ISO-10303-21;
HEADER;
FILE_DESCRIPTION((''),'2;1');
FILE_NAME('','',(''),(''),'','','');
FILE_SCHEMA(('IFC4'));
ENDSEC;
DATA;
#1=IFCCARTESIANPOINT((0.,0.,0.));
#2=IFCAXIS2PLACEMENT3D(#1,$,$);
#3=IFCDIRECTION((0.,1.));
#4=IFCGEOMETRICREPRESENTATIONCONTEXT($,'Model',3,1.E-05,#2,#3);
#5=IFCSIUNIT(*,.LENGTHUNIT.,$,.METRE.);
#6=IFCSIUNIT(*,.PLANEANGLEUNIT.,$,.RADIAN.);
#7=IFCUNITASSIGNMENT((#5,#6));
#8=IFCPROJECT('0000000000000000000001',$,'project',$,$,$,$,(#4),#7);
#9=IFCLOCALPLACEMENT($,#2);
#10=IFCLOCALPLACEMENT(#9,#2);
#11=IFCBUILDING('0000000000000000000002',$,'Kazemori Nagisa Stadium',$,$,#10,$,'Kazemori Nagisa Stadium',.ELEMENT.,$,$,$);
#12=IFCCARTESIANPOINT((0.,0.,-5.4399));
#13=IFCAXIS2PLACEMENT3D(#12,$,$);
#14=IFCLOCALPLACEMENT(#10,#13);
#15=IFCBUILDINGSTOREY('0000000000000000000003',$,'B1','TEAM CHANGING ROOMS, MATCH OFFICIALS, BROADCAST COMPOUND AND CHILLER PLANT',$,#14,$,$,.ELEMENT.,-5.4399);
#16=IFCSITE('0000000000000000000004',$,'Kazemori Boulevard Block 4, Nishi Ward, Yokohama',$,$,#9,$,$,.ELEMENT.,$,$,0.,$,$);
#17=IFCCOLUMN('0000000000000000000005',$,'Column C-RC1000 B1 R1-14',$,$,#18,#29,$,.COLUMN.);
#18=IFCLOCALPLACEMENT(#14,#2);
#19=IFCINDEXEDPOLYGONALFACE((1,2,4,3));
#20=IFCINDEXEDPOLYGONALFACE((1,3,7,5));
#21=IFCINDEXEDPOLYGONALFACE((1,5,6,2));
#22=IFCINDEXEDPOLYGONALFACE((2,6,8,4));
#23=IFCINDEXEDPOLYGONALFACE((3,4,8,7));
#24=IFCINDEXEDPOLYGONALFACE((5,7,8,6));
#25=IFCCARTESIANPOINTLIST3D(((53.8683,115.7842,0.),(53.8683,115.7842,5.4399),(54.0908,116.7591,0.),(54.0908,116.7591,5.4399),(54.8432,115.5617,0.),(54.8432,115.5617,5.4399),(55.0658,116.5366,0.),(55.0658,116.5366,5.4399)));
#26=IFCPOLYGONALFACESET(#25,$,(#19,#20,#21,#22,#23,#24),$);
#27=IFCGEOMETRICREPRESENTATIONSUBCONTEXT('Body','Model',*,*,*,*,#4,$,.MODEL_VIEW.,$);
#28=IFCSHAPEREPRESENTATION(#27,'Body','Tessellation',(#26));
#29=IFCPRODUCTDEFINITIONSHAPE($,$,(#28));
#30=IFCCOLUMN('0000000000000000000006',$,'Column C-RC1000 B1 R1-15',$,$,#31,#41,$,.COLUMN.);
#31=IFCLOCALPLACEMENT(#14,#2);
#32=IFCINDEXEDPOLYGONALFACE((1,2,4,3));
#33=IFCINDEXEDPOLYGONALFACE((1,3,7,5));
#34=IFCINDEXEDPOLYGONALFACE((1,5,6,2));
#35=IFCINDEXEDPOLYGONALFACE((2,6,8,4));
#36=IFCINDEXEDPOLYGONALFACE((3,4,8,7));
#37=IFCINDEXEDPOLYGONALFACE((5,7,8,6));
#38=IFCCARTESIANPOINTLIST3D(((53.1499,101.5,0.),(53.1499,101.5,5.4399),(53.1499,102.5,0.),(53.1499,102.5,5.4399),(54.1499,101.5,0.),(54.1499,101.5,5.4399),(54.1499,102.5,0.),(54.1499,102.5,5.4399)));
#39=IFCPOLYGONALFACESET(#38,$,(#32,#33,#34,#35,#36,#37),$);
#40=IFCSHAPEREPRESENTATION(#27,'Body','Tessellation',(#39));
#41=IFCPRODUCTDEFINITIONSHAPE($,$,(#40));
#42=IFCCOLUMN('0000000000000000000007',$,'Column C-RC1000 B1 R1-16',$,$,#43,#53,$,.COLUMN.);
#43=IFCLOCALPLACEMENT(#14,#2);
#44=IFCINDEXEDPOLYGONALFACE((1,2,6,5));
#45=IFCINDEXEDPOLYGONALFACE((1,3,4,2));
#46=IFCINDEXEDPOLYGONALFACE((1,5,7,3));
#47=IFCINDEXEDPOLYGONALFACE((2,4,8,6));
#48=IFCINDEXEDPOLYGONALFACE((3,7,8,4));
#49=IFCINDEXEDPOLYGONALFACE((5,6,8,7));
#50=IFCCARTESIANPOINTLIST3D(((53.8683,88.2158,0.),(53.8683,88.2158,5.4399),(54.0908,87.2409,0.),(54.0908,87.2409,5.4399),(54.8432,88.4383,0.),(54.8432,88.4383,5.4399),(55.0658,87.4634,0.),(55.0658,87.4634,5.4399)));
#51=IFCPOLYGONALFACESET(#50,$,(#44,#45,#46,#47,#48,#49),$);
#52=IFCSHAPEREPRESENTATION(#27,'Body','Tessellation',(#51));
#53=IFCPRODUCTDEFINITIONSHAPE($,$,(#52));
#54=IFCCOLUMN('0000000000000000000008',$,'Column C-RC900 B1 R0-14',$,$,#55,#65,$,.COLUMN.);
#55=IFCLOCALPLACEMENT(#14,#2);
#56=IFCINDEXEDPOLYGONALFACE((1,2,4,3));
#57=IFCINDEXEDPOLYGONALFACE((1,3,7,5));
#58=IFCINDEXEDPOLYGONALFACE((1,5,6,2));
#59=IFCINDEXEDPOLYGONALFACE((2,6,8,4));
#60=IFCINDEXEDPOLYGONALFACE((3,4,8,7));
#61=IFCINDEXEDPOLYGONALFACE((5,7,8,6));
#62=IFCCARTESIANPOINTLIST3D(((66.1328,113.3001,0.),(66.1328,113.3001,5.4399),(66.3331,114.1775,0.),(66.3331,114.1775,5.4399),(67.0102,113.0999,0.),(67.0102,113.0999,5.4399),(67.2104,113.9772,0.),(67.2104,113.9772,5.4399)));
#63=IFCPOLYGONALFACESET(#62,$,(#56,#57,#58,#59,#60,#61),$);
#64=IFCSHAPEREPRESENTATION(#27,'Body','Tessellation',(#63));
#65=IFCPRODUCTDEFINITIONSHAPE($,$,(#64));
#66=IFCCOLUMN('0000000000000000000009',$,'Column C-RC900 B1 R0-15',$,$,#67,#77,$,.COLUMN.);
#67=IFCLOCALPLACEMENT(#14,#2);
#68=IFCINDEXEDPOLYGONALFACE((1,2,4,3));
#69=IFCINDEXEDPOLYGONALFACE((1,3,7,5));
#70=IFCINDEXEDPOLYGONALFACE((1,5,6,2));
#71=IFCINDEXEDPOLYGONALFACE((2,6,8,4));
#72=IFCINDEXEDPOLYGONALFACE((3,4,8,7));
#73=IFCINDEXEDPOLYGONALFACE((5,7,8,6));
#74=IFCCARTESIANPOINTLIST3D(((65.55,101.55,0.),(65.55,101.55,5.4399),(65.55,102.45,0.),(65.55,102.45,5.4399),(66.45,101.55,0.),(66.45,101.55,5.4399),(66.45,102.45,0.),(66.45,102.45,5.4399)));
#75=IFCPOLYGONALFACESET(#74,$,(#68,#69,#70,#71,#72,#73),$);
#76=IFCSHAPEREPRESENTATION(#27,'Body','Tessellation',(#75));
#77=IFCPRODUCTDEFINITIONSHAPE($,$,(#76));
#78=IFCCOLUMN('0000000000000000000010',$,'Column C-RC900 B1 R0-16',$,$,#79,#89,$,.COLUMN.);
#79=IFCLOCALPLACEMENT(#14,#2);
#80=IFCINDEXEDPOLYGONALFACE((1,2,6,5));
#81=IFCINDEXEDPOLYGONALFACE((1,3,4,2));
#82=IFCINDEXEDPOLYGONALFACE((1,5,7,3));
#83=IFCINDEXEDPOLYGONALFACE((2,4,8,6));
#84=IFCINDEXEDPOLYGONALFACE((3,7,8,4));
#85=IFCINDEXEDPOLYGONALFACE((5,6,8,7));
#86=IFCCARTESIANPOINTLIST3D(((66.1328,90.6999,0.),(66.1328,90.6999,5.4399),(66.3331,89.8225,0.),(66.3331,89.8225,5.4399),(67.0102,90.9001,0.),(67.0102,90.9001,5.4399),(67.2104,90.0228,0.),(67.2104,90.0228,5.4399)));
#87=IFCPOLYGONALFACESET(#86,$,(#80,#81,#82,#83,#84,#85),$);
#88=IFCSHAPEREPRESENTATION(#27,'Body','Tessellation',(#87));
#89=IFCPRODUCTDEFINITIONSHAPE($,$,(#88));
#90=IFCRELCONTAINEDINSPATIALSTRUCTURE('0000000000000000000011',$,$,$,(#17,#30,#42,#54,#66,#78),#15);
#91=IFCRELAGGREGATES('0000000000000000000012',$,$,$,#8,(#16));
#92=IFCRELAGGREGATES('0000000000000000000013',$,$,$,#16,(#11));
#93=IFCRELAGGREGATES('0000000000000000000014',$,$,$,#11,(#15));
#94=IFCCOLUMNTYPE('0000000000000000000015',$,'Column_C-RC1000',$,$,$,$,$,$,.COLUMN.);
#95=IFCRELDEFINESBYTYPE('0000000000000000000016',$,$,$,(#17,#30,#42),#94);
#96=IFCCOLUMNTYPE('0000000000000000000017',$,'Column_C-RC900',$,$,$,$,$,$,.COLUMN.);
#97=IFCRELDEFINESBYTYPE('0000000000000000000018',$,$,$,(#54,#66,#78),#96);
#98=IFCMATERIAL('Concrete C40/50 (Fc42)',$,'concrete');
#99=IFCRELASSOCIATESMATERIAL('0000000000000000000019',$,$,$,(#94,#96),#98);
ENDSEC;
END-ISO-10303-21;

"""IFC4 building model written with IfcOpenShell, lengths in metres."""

from ifc_helpers import new_model, si_unit, direction, frame, origin, origin_2d, place, context, subcontext, project, spatial, rectangle, extrude, material, material_profile, profile_set, type_object, element, save


model = new_model("IFC4")

# Units and contexts
model_context = context("Model", 3, precision=1e-05, world=origin(), true_north=direction((0.0, 1.0)))
body_context = subcontext(model_context, "Body", "Model", "MODEL_VIEW")
ifc_project = project(units=[si_unit("LENGTHUNIT", "METRE"), si_unit("PLANEANGLEUNIT", "RADIAN")], contexts=[model_context])

# Site, building, storey
site_placement = place(None, origin())
site = spatial("IfcSite", under=ifc_project, at=site_placement, Name="Kazemori Boulevard Block 4, Nishi Ward, Yokohama", CompositionType="ELEMENT", RefElevation=0.0)
building_placement = place(site_placement, origin())
building = spatial("IfcBuilding", under=site, at=building_placement, Name="Kazemori Nagisa Stadium", LongName="Kazemori Nagisa Stadium", CompositionType="ELEMENT")
storey_placement = place(building_placement, frame((0.0, 0.0, -5.4399)))
storey = spatial("IfcBuildingStorey", under=building, at=storey_placement, Name="B1", Description="TEAM CHANGING ROOMS, MATCH OFFICIALS, BROADCAST COMPOUND AND CHILLER PLANT", CompositionType="ELEMENT", Elevation=-5.4399)

# Shared definitions
ifc_material_1 = material(Name="Concrete C40/50 (Fc42)", Category="concrete")

# Columns
ifc_material_profile_1 = material_profile(ifc_material_1, rectangle(XDim=1.0, YDim=1.0, at=origin_2d()), Name="RC-COL-1000x1000")
ifc_profile_set_1 = profile_set([ifc_material_profile_1], Name="Concrete C40/50 (Fc42)")
column_type_1 = type_object("IfcColumnType", Name="Column_C-RC1000", PredefinedType="COLUMN", material=ifc_profile_set_1)
for number, where, z_axis, x_axis, name in (
    (1, (54.467, 116.1604, 0.0), (0.0, 0.0, 1.0), (-0.974928, 0.222521, 0.0), "Column C-RC1000 B1 R1-14"),
    (2, (53.6499, 102.0, 0.0), (0.0, 0.0, 1.0), (-1.0, 0.0, 0.0), "Column C-RC1000 B1 R1-15"),
    (3, (54.467, 87.8396, 0.0), (0.0, 0.0, 1.0), (-0.974928, -0.222521, 0.0), "Column C-RC1000 B1 R1-16"),
):
    element("IfcColumn", number, at=place(storey_placement, frame(where, z_axis=z_axis, x_axis=x_axis)), inside=storey, type_object=column_type_1, Name=name, PredefinedType="COLUMN", context=body_context, shape_type="SweptSolid", body=[
        extrude(rectangle(XDim=1.0, YDim=1.0, at=origin_2d()), origin(), (0.0, 0.0, 1.0), 5.4399),
    ])
ifc_material_profile_2 = material_profile(ifc_material_1, rectangle(XDim=0.8999, YDim=0.8999, at=origin_2d()), Name="RC-COL-900x900")
ifc_profile_set_2 = profile_set([ifc_material_profile_2], Name="Concrete C40/50 (Fc42)")
column_type_2 = type_object("IfcColumnType", Name="Column_C-RC900", PredefinedType="COLUMN", material=ifc_profile_set_2)
for number, where, z_axis, x_axis, name in (
    (4, (66.6716, 113.6387, 0.0), (0.0, 0.0, 1.0), (-0.974928, 0.222521, 0.0), "Column C-RC900 B1 R0-14"),
    (5, (66.0, 102.0, 0.0), (0.0, 0.0, 1.0), (-1.0, 0.0, 0.0), "Column C-RC900 B1 R0-15"),
    (6, (66.6716, 90.3613, 0.0), (0.0, 0.0, 1.0), (-0.974928, -0.222521, 0.0), "Column C-RC900 B1 R0-16"),
):
    element("IfcColumn", number, at=place(storey_placement, frame(where, z_axis=z_axis, x_axis=x_axis)), inside=storey, type_object=column_type_2, Name=name, PredefinedType="COLUMN", context=body_context, shape_type="SweptSolid", body=[
        extrude(rectangle(XDim=0.8999, YDim=0.8999, at=origin_2d()), origin(), (0.0, 0.0, 1.0), 5.4399),
    ])

save(model, "model.ifc")
